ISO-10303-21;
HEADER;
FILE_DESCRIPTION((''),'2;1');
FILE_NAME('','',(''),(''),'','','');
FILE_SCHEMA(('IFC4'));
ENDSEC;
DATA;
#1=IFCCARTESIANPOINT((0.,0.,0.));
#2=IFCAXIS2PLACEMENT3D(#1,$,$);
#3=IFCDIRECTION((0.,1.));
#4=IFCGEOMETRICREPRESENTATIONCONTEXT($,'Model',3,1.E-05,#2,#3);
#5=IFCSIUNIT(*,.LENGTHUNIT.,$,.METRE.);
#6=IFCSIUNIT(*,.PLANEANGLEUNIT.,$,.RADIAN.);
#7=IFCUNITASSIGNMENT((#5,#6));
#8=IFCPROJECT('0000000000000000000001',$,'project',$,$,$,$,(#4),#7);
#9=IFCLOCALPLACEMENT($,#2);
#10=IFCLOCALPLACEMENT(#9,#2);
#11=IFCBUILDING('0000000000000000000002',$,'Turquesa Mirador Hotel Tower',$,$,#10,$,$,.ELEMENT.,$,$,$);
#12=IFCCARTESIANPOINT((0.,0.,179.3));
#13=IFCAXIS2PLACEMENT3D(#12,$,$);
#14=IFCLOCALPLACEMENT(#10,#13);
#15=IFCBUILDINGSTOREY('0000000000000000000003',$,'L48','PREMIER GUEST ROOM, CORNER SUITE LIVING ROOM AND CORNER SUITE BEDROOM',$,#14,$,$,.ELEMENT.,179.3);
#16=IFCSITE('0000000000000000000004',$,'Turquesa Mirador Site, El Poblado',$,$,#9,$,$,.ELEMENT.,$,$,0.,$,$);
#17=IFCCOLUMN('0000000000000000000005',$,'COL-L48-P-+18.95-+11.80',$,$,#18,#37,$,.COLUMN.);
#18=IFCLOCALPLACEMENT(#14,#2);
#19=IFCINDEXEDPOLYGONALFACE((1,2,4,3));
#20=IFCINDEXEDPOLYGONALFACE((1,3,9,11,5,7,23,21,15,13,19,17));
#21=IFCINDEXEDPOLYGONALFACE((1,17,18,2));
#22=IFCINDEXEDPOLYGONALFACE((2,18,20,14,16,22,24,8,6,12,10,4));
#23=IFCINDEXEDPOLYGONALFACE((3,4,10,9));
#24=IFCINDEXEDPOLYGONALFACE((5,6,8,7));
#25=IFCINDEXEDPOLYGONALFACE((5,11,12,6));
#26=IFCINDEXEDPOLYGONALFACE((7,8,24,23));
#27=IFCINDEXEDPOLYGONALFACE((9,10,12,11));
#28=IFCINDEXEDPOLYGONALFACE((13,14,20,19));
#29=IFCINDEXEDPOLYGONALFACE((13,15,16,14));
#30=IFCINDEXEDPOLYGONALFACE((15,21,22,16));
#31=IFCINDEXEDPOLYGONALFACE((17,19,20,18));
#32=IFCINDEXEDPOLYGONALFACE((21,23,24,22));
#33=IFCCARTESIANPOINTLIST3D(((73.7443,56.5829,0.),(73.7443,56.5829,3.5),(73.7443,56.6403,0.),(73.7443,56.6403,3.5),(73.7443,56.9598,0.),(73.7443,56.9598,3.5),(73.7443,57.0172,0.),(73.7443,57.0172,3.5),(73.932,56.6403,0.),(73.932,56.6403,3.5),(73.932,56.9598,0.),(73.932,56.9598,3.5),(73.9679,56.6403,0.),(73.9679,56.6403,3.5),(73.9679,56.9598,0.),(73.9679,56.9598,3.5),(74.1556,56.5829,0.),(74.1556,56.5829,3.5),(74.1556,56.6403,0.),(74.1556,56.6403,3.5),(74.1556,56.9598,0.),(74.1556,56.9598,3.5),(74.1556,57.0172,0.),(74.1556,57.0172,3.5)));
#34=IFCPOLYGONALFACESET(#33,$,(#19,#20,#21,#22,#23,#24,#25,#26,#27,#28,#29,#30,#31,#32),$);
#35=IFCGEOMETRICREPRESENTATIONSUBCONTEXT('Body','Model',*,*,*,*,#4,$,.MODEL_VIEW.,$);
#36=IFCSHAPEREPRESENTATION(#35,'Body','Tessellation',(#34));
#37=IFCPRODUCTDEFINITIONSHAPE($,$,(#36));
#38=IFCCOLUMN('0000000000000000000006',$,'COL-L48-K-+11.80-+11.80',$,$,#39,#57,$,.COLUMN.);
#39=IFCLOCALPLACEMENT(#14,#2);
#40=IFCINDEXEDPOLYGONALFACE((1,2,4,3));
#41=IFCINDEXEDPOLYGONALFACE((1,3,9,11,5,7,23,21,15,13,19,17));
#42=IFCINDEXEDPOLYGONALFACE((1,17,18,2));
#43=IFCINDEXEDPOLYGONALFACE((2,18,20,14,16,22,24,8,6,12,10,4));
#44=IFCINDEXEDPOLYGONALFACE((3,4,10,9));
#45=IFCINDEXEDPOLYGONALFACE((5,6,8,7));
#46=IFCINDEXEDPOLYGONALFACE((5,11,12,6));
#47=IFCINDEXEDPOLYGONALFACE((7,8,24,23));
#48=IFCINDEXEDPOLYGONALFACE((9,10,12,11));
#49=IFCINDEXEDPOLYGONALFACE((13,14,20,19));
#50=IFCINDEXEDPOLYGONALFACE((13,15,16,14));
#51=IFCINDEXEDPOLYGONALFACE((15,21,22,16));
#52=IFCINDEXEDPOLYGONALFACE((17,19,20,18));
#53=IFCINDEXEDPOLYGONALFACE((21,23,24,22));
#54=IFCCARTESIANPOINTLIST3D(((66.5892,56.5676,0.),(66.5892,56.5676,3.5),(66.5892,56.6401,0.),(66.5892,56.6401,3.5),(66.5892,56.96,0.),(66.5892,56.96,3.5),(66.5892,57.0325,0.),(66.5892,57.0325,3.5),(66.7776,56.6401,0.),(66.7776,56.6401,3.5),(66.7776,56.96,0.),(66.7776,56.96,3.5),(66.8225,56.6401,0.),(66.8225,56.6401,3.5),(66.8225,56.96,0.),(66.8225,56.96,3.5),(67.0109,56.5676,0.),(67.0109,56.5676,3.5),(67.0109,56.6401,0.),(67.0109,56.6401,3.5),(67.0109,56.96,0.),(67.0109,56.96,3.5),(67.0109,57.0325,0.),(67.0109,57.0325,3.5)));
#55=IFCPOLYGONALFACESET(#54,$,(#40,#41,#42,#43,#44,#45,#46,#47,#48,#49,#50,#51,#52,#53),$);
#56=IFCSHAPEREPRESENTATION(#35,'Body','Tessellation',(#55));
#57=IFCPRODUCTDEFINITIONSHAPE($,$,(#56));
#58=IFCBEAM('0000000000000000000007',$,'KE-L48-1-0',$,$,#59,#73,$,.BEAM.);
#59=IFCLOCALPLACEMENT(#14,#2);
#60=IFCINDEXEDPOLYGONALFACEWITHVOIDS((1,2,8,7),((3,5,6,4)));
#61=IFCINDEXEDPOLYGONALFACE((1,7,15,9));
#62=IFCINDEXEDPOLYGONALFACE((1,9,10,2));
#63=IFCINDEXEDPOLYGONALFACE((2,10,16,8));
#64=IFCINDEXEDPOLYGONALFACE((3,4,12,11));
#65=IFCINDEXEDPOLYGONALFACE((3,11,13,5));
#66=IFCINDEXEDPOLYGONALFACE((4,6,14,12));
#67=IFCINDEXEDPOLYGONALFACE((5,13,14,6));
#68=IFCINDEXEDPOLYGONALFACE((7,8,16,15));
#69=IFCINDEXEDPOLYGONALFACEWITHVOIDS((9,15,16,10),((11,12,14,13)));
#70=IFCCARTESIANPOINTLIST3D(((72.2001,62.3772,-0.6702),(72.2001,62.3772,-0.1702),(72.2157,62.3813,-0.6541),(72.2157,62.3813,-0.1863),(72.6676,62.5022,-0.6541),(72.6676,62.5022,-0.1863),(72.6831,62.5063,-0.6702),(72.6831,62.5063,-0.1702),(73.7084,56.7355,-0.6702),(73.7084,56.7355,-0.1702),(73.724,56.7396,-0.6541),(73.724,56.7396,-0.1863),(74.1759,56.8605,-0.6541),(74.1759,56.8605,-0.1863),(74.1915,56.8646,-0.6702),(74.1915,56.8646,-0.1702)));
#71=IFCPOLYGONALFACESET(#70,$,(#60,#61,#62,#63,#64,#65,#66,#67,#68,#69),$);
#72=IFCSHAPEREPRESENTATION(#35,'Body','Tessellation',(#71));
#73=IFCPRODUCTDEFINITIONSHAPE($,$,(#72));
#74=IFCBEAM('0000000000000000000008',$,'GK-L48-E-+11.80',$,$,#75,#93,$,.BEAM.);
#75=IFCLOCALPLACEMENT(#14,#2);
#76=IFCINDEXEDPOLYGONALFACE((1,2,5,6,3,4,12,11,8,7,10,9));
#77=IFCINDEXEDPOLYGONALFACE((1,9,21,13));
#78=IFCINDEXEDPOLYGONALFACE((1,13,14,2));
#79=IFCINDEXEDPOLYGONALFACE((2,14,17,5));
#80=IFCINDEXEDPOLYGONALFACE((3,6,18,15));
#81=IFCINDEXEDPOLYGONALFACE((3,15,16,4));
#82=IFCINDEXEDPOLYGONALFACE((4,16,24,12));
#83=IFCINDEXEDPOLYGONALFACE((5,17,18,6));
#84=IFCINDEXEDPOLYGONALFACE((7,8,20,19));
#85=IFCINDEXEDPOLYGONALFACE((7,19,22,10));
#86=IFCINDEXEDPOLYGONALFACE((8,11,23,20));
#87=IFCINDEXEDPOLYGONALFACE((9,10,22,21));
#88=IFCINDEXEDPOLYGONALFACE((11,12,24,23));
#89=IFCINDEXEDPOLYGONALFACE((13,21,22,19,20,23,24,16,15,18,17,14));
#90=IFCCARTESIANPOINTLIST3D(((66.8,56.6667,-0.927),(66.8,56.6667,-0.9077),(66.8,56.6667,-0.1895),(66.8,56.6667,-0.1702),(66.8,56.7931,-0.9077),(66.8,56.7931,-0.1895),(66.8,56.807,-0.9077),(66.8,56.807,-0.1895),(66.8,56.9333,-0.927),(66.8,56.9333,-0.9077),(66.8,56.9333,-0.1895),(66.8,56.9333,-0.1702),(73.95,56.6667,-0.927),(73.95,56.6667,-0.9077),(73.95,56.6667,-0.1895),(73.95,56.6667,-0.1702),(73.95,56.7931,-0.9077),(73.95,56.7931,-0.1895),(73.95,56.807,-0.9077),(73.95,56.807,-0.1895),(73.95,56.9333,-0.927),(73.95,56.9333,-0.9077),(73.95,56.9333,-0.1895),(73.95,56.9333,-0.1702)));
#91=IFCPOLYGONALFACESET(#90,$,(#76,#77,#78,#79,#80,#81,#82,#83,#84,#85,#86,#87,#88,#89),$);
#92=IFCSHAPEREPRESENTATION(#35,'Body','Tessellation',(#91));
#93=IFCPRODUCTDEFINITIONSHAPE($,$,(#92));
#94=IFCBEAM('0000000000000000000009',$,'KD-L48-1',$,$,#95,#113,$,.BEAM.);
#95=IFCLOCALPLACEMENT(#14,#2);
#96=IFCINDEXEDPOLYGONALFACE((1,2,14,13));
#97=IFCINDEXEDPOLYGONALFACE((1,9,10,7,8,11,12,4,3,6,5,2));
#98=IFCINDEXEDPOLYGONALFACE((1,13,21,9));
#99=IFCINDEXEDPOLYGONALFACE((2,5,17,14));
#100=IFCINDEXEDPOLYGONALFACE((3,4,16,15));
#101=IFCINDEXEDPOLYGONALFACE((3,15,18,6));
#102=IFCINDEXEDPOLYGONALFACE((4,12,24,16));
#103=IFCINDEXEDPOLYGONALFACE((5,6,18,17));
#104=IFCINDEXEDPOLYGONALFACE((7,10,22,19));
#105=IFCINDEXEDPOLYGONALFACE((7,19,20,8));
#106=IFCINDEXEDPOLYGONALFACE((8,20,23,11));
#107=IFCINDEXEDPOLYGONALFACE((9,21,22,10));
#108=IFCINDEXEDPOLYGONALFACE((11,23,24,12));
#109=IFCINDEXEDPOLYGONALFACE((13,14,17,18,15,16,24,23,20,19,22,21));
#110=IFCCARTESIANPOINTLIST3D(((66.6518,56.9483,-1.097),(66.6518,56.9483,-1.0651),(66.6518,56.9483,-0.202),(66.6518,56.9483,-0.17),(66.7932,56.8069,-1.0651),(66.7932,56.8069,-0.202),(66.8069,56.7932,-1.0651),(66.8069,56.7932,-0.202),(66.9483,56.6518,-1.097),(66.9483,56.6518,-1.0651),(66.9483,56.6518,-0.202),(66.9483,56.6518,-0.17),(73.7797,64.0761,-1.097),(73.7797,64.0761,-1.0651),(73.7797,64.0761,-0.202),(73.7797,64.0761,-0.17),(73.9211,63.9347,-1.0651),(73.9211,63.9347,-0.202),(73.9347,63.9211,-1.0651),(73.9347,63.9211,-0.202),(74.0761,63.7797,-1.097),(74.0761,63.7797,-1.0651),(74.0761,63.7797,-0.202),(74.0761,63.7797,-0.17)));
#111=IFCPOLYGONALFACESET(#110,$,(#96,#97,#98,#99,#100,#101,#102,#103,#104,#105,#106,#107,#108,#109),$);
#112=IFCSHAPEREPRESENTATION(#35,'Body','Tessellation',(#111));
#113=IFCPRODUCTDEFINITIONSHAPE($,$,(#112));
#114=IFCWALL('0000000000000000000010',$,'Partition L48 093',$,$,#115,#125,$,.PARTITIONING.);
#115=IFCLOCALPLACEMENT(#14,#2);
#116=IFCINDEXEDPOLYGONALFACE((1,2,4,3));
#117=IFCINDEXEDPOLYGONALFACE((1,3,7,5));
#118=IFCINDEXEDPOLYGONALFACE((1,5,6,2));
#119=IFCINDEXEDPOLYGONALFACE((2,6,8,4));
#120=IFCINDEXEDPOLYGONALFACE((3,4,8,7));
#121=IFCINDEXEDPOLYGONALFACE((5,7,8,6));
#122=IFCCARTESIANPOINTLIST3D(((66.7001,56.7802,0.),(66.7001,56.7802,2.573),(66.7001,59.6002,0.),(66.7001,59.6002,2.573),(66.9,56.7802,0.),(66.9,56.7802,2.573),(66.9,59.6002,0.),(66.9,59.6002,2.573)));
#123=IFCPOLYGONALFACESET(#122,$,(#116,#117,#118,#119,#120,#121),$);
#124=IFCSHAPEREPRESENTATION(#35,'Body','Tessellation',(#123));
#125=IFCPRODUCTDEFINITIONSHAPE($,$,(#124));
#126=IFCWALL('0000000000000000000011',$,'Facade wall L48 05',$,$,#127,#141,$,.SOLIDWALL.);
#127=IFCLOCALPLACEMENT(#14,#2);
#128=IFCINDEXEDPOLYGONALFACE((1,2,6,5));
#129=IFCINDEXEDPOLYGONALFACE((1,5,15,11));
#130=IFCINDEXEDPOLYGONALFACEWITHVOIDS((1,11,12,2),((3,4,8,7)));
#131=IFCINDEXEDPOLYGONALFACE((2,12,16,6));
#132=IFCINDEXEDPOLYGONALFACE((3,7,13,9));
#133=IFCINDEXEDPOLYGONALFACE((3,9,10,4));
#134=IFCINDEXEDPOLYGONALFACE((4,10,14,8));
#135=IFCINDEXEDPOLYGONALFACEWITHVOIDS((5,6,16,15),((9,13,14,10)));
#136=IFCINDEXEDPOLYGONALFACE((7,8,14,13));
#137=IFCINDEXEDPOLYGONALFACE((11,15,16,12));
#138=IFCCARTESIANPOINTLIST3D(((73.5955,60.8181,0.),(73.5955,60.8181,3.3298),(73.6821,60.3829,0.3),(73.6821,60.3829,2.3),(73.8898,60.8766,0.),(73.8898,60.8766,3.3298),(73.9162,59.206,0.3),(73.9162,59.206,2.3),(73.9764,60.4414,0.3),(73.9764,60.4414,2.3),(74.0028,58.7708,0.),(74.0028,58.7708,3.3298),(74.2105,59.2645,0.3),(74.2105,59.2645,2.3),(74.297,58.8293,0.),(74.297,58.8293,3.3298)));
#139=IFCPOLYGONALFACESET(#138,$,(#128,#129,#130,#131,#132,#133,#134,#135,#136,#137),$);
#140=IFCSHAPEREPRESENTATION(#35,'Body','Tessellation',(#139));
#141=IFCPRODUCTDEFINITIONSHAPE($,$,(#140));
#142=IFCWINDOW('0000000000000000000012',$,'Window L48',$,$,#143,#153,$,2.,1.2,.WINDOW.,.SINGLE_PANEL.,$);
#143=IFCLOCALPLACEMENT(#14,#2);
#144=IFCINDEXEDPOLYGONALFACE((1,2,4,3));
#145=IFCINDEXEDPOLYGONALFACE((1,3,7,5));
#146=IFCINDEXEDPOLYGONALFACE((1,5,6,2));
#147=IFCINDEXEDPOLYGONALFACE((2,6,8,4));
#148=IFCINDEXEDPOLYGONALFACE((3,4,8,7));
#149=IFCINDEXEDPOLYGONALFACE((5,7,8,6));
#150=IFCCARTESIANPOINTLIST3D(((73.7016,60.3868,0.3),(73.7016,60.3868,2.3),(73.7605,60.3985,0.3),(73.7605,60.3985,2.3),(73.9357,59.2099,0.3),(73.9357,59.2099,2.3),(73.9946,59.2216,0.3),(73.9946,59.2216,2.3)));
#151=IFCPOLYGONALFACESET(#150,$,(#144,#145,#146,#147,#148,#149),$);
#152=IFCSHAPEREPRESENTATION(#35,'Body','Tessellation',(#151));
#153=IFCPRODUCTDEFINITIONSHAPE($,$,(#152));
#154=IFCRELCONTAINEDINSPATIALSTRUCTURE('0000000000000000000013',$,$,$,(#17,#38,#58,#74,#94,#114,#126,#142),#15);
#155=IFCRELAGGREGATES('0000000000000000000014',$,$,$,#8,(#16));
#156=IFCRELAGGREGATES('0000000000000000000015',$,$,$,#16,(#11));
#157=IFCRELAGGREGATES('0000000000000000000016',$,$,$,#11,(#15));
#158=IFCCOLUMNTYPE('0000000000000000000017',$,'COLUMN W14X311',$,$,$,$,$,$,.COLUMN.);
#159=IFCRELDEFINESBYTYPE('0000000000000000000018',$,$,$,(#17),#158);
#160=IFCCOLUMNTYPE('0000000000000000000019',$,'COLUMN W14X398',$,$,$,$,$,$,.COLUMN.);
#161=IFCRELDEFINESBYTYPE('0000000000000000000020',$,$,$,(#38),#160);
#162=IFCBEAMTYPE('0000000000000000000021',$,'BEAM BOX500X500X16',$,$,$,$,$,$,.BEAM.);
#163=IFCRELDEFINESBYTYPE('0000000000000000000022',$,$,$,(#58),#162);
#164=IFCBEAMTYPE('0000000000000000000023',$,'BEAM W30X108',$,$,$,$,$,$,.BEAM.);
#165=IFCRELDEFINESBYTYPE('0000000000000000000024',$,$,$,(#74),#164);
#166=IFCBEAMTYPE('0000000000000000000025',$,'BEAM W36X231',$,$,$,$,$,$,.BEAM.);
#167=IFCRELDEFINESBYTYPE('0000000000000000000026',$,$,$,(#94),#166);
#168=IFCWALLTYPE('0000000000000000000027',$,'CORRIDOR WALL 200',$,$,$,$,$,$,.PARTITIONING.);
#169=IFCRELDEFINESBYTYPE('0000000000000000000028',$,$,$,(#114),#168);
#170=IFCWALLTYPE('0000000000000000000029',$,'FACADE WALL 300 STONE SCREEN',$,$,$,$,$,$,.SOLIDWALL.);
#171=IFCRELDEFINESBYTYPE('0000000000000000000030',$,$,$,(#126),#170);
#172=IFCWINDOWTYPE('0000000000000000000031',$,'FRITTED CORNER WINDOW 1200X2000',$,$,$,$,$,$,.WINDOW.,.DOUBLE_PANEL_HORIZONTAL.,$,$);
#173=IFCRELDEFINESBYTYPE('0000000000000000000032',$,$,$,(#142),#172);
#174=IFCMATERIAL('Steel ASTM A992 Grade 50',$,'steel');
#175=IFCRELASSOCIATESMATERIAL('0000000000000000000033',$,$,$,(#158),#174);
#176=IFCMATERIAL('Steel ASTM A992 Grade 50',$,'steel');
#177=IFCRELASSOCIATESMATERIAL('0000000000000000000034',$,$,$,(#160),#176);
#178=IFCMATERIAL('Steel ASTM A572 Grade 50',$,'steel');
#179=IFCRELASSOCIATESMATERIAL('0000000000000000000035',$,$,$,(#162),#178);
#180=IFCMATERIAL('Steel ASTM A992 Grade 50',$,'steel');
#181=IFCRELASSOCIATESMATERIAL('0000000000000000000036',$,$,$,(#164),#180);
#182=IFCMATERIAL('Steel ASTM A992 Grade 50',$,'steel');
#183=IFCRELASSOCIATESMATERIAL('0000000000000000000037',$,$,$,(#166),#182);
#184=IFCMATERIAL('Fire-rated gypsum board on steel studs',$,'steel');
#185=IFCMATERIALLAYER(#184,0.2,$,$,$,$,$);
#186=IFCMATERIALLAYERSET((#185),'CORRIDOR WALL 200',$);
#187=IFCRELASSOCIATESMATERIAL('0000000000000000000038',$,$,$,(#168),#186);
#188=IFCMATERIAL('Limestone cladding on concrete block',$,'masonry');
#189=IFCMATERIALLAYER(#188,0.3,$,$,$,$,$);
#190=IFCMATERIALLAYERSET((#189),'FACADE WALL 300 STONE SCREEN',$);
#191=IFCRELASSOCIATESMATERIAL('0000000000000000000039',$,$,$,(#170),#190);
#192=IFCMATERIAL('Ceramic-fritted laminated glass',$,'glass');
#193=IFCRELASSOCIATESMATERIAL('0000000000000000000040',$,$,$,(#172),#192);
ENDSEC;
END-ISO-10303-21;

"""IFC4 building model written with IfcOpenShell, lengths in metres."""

from ifc_helpers import new_model, si_unit, direction, frame, frame_2d, origin, origin_2d, place, context, subcontext, project, spatial, rectangle, hollow_rectangle, i_section, extrude, material, layer, layer_set, material_profile, profile_set, type_object, element, fill, save


model = new_model("IFC4")

# Units and contexts
model_context = context("Model", 3, precision=1e-05, world=origin(), true_north=direction((0.0, 1.0)))
body_context = subcontext(model_context, "Body", "Model", "MODEL_VIEW")
ifc_project = project(units=[si_unit("LENGTHUNIT", "METRE"), si_unit("PLANEANGLEUNIT", "RADIAN")], contexts=[model_context])

# Site, building, storey
site_placement = place(None, origin())
site = spatial("IfcSite", under=ifc_project, at=site_placement, Name="Turquesa Mirador Site, El Poblado", CompositionType="ELEMENT", RefElevation=0.0)
building_placement = place(site_placement, origin())
building = spatial("IfcBuilding", under=site, at=building_placement, Name="Turquesa Mirador Hotel Tower", CompositionType="ELEMENT")
storey_placement = place(building_placement, frame((0.0, 0.0, 179.3)))
storey = spatial("IfcBuildingStorey", under=building, at=storey_placement, Name="L48", Description="PREMIER GUEST ROOM, CORNER SUITE LIVING ROOM AND CORNER SUITE BEDROOM", CompositionType="ELEMENT", Elevation=179.3)

# Columns
ifc_material_1 = material(Name="Steel ASTM A992 Grade 50", Category="steel")
ifc_material_profile_1 = material_profile(ifc_material_1, i_section(OverallWidth=0.4114, OverallDepth=0.4343, WebThickness=0.0359, FlangeThickness=0.0574, at=origin_2d()), Name="W14X311")
ifc_profile_set_1 = profile_set([ifc_material_profile_1], Name="Steel ASTM A992 Grade 50")
column_type_1 = type_object("IfcColumnType", Name="COLUMN W14X311", PredefinedType="COLUMN", material=ifc_profile_set_1)
column_1_placement = place(storey_placement, frame((73.95, 56.8, 0.0), z_axis=(0.0, 0.0, 1.0), x_axis=(1.0, 0.0, 0.0)))
element("IfcColumn", 1, at=column_1_placement, inside=storey, type_object=column_type_1, Name="COL-L48-P-+18.95-+11.80", PredefinedType="COLUMN", context=body_context, shape_type="SweptSolid", body=[
    extrude(i_section(OverallWidth=0.4114, OverallDepth=0.4343, WebThickness=0.0359, FlangeThickness=0.0574, at=origin_2d()), origin(), (0.0, 0.0, 1.0), 3.5),
])
ifc_material_2 = material(Name="Steel ASTM A992 Grade 50", Category="steel")
ifc_material_profile_2 = material_profile(ifc_material_2, i_section(OverallWidth=0.4216, OverallDepth=0.4648, WebThickness=0.0449, FlangeThickness=0.0725, at=origin_2d()), Name="W14X398")
ifc_profile_set_2 = profile_set([ifc_material_profile_2], Name="Steel ASTM A992 Grade 50")
column_type_2 = type_object("IfcColumnType", Name="COLUMN W14X398", PredefinedType="COLUMN", material=ifc_profile_set_2)
column_2_placement = place(storey_placement, frame((66.8, 56.8, 0.0), z_axis=(0.0, 0.0, 1.0), x_axis=(1.0, 0.0, 0.0)))
element("IfcColumn", 2, at=column_2_placement, inside=storey, type_object=column_type_2, Name="COL-L48-K-+11.80-+11.80", PredefinedType="COLUMN", context=body_context, shape_type="SweptSolid", body=[
    extrude(i_section(OverallWidth=0.4216, OverallDepth=0.4648, WebThickness=0.0449, FlangeThickness=0.0725, at=origin_2d()), origin(), (0.0, 0.0, 1.0), 3.5),
])

# Beams
ifc_material_3 = material(Name="Steel ASTM A572 Grade 50", Category="steel")
ifc_material_profile_3 = material_profile(ifc_material_3, hollow_rectangle(XDim=0.5, YDim=0.5, WallThickness=0.0161, at=origin_2d()), Name="BOX500X500X16")
ifc_profile_set_3 = profile_set([ifc_material_profile_3], Name="Steel ASTM A572 Grade 50")
beam_type_1 = type_object("IfcBeamType", Name="BEAM BOX500X500X16", PredefinedType="BEAM", material=ifc_profile_set_3)
beam_1_placement = place(storey_placement, frame((73.95, 56.8, -0.4202), z_axis=(-0.258282, 0.96607, 0.0), x_axis=(-0.96607, -0.258282, 0.0)))
element("IfcBeam", 3, at=beam_1_placement, inside=storey, type_object=beam_type_1, Name="KE-L48-1-0", PredefinedType="BEAM", context=body_context, shape_type="SweptSolid", body=[
    extrude(hollow_rectangle(XDim=0.5, YDim=0.5, WallThickness=0.0161, at=origin_2d()), origin(), (0.0, 0.0, 1.0), 5.8398),
])
ifc_material_4 = material(Name="Steel ASTM A992 Grade 50", Category="steel")
ifc_material_profile_4 = material_profile(ifc_material_4, i_section(OverallWidth=0.2666, OverallDepth=0.7568, WebThickness=0.0139, FlangeThickness=0.0193, at=origin_2d()), Name="W30X108")
ifc_profile_set_4 = profile_set([ifc_material_profile_4], Name="Steel ASTM A992 Grade 50")
beam_type_2 = type_object("IfcBeamType", Name="BEAM W30X108", PredefinedType="BEAM", material=ifc_profile_set_4)
beam_2_placement = place(storey_placement, frame((73.95, 56.8, -0.5486), z_axis=(-1.0, 0.0, 0.0), x_axis=(0.0, -1.0, 0.0)))
element("IfcBeam", 4, at=beam_2_placement, inside=storey, type_object=beam_type_2, Name="GK-L48-E-+11.80", PredefinedType="BEAM", context=body_context, shape_type="SweptSolid", body=[
    extrude(i_section(OverallWidth=0.2666, OverallDepth=0.7568, WebThickness=0.0139, FlangeThickness=0.0193, at=origin_2d()), origin(), (0.0, 0.0, 1.0), 7.1499),
])
ifc_material_5 = material(Name="Steel ASTM A992 Grade 50", Category="steel")
ifc_material_profile_5 = material_profile(ifc_material_5, i_section(OverallWidth=0.4192, OverallDepth=0.927, WebThickness=0.0193, FlangeThickness=0.032, at=origin_2d()), Name="W36X231")
ifc_profile_set_5 = profile_set([ifc_material_profile_5], Name="Steel ASTM A992 Grade 50")
beam_type_3 = type_object("IfcBeamType", Name="BEAM W36X231", PredefinedType="BEAM", material=ifc_profile_set_5)
beam_3_placement = place(storey_placement, frame((66.8, 56.8, -0.6335), z_axis=(0.707107, 0.707107, 0.0), x_axis=(-0.707107, 0.707107, 0.0)))
element("IfcBeam", 5, at=beam_3_placement, inside=storey, type_object=beam_type_3, Name="KD-L48-1", PredefinedType="BEAM", context=body_context, shape_type="SweptSolid", body=[
    extrude(i_section(OverallWidth=0.4192, OverallDepth=0.927, WebThickness=0.0193, FlangeThickness=0.032, at=origin_2d()), origin(), (0.0, 0.0, 1.0), 10.0803),
])

# Wall
ifc_material_6 = material(Name="Fire-rated gypsum board on steel studs", Category="steel")
ifc_layer_1 = layer(ifc_material_6, 0.2)
ifc_layer_set_1 = layer_set([ifc_layer_1], Name="CORRIDOR WALL 200")
wall_type_1 = type_object("IfcWallType", Name="CORRIDOR WALL 200", PredefinedType="PARTITIONING", material=ifc_layer_set_1)
wall_1_placement = place(storey_placement, frame((66.8, 56.78, 0.0), z_axis=(0.0, 0.0, 1.0), x_axis=(0.0, 1.0, 0.0)))
element("IfcWall", 6, at=wall_1_placement, inside=storey, type_object=wall_type_1, Name="Partition L48 093", PredefinedType="PARTITIONING", context=body_context, shape_type="SweptSolid", body=[
    extrude(rectangle(XDim=2.8201, YDim=0.2, at=frame_2d((1.4102, 0.0))), origin(), (0.0, 0.0, 1.0), 2.573),
])

# Wall, opening, window
ifc_material_7 = material(Name="Limestone cladding on concrete block", Category="masonry")
ifc_layer_2 = layer(ifc_material_7, 0.3)
ifc_layer_set_2 = layer_set([ifc_layer_2], Name="FACADE WALL 300 STONE SCREEN")
wall_type_2 = type_object("IfcWallType", Name="FACADE WALL 300 STONE SCREEN", PredefinedType="SOLIDWALL", material=ifc_layer_set_2)
wall_2_placement = place(storey_placement, frame((74.1499, 58.8, 0.0), z_axis=(0.0, 0.0, 1.0), x_axis=(-0.195081, 0.980787, 0.0)))
wall_2 = element("IfcWall", 7, at=wall_2_placement, inside=storey, type_object=wall_type_2, Name="Facade wall L48 05", PredefinedType="SOLIDWALL", context=body_context, shape_type="SweptSolid", body=[
    extrude(rectangle(XDim=2.0874, YDim=0.3, at=frame_2d((1.0437, 0.0))), origin(), (0.0, 0.0, 1.0), 3.3298),
])
opening_1_placement = place(wall_2_placement, frame((0.4436, 0.0, 0.3)))
opening_1 = element("IfcOpeningElement", 8, at=opening_1_placement, cuts=wall_2, PredefinedType="OPENING", context=body_context, shape_type="SweptSolid", body=[
    extrude(rectangle(XDim=1.2, YDim=2.0, at=frame_2d((0.6001, 1.0))), frame((0.0, 0.1599, 0.0), z_axis=(0.0, -1.0, 0.0), x_axis=(1.0, 0.0, 0.0)), (0.0, 0.0, 1.0), 0.3201),
])
ifc_material_8 = material(Name="Ceramic-fritted laminated glass", Category="glass")
window_type = type_object("IfcWindowType", Name="FRITTED CORNER WINDOW 1200X2000", PartitioningType="DOUBLE_PANEL_HORIZONTAL", PredefinedType="WINDOW", material=ifc_material_8)
window_placement = place(opening_1_placement, origin())
window = element("IfcWindow", 9, at=window_placement, inside=storey, type_object=window_type, Name="Window L48", OverallHeight=2.0, OverallWidth=1.2, PartitioningType="SINGLE_PANEL", PredefinedType="WINDOW", context=body_context, shape_type="SweptSolid", body=[
    extrude(rectangle(XDim=1.2, YDim=2.0, at=frame_2d((0.6001, 1.0))), frame((0.0, 0.1301, 0.0), z_axis=(0.0, -1.0, 0.0), x_axis=(1.0, 0.0, 0.0)), (0.0, 0.0, 1.0), 0.0601),
])
fill(opening_1, window)

save(model, "model.ifc")
